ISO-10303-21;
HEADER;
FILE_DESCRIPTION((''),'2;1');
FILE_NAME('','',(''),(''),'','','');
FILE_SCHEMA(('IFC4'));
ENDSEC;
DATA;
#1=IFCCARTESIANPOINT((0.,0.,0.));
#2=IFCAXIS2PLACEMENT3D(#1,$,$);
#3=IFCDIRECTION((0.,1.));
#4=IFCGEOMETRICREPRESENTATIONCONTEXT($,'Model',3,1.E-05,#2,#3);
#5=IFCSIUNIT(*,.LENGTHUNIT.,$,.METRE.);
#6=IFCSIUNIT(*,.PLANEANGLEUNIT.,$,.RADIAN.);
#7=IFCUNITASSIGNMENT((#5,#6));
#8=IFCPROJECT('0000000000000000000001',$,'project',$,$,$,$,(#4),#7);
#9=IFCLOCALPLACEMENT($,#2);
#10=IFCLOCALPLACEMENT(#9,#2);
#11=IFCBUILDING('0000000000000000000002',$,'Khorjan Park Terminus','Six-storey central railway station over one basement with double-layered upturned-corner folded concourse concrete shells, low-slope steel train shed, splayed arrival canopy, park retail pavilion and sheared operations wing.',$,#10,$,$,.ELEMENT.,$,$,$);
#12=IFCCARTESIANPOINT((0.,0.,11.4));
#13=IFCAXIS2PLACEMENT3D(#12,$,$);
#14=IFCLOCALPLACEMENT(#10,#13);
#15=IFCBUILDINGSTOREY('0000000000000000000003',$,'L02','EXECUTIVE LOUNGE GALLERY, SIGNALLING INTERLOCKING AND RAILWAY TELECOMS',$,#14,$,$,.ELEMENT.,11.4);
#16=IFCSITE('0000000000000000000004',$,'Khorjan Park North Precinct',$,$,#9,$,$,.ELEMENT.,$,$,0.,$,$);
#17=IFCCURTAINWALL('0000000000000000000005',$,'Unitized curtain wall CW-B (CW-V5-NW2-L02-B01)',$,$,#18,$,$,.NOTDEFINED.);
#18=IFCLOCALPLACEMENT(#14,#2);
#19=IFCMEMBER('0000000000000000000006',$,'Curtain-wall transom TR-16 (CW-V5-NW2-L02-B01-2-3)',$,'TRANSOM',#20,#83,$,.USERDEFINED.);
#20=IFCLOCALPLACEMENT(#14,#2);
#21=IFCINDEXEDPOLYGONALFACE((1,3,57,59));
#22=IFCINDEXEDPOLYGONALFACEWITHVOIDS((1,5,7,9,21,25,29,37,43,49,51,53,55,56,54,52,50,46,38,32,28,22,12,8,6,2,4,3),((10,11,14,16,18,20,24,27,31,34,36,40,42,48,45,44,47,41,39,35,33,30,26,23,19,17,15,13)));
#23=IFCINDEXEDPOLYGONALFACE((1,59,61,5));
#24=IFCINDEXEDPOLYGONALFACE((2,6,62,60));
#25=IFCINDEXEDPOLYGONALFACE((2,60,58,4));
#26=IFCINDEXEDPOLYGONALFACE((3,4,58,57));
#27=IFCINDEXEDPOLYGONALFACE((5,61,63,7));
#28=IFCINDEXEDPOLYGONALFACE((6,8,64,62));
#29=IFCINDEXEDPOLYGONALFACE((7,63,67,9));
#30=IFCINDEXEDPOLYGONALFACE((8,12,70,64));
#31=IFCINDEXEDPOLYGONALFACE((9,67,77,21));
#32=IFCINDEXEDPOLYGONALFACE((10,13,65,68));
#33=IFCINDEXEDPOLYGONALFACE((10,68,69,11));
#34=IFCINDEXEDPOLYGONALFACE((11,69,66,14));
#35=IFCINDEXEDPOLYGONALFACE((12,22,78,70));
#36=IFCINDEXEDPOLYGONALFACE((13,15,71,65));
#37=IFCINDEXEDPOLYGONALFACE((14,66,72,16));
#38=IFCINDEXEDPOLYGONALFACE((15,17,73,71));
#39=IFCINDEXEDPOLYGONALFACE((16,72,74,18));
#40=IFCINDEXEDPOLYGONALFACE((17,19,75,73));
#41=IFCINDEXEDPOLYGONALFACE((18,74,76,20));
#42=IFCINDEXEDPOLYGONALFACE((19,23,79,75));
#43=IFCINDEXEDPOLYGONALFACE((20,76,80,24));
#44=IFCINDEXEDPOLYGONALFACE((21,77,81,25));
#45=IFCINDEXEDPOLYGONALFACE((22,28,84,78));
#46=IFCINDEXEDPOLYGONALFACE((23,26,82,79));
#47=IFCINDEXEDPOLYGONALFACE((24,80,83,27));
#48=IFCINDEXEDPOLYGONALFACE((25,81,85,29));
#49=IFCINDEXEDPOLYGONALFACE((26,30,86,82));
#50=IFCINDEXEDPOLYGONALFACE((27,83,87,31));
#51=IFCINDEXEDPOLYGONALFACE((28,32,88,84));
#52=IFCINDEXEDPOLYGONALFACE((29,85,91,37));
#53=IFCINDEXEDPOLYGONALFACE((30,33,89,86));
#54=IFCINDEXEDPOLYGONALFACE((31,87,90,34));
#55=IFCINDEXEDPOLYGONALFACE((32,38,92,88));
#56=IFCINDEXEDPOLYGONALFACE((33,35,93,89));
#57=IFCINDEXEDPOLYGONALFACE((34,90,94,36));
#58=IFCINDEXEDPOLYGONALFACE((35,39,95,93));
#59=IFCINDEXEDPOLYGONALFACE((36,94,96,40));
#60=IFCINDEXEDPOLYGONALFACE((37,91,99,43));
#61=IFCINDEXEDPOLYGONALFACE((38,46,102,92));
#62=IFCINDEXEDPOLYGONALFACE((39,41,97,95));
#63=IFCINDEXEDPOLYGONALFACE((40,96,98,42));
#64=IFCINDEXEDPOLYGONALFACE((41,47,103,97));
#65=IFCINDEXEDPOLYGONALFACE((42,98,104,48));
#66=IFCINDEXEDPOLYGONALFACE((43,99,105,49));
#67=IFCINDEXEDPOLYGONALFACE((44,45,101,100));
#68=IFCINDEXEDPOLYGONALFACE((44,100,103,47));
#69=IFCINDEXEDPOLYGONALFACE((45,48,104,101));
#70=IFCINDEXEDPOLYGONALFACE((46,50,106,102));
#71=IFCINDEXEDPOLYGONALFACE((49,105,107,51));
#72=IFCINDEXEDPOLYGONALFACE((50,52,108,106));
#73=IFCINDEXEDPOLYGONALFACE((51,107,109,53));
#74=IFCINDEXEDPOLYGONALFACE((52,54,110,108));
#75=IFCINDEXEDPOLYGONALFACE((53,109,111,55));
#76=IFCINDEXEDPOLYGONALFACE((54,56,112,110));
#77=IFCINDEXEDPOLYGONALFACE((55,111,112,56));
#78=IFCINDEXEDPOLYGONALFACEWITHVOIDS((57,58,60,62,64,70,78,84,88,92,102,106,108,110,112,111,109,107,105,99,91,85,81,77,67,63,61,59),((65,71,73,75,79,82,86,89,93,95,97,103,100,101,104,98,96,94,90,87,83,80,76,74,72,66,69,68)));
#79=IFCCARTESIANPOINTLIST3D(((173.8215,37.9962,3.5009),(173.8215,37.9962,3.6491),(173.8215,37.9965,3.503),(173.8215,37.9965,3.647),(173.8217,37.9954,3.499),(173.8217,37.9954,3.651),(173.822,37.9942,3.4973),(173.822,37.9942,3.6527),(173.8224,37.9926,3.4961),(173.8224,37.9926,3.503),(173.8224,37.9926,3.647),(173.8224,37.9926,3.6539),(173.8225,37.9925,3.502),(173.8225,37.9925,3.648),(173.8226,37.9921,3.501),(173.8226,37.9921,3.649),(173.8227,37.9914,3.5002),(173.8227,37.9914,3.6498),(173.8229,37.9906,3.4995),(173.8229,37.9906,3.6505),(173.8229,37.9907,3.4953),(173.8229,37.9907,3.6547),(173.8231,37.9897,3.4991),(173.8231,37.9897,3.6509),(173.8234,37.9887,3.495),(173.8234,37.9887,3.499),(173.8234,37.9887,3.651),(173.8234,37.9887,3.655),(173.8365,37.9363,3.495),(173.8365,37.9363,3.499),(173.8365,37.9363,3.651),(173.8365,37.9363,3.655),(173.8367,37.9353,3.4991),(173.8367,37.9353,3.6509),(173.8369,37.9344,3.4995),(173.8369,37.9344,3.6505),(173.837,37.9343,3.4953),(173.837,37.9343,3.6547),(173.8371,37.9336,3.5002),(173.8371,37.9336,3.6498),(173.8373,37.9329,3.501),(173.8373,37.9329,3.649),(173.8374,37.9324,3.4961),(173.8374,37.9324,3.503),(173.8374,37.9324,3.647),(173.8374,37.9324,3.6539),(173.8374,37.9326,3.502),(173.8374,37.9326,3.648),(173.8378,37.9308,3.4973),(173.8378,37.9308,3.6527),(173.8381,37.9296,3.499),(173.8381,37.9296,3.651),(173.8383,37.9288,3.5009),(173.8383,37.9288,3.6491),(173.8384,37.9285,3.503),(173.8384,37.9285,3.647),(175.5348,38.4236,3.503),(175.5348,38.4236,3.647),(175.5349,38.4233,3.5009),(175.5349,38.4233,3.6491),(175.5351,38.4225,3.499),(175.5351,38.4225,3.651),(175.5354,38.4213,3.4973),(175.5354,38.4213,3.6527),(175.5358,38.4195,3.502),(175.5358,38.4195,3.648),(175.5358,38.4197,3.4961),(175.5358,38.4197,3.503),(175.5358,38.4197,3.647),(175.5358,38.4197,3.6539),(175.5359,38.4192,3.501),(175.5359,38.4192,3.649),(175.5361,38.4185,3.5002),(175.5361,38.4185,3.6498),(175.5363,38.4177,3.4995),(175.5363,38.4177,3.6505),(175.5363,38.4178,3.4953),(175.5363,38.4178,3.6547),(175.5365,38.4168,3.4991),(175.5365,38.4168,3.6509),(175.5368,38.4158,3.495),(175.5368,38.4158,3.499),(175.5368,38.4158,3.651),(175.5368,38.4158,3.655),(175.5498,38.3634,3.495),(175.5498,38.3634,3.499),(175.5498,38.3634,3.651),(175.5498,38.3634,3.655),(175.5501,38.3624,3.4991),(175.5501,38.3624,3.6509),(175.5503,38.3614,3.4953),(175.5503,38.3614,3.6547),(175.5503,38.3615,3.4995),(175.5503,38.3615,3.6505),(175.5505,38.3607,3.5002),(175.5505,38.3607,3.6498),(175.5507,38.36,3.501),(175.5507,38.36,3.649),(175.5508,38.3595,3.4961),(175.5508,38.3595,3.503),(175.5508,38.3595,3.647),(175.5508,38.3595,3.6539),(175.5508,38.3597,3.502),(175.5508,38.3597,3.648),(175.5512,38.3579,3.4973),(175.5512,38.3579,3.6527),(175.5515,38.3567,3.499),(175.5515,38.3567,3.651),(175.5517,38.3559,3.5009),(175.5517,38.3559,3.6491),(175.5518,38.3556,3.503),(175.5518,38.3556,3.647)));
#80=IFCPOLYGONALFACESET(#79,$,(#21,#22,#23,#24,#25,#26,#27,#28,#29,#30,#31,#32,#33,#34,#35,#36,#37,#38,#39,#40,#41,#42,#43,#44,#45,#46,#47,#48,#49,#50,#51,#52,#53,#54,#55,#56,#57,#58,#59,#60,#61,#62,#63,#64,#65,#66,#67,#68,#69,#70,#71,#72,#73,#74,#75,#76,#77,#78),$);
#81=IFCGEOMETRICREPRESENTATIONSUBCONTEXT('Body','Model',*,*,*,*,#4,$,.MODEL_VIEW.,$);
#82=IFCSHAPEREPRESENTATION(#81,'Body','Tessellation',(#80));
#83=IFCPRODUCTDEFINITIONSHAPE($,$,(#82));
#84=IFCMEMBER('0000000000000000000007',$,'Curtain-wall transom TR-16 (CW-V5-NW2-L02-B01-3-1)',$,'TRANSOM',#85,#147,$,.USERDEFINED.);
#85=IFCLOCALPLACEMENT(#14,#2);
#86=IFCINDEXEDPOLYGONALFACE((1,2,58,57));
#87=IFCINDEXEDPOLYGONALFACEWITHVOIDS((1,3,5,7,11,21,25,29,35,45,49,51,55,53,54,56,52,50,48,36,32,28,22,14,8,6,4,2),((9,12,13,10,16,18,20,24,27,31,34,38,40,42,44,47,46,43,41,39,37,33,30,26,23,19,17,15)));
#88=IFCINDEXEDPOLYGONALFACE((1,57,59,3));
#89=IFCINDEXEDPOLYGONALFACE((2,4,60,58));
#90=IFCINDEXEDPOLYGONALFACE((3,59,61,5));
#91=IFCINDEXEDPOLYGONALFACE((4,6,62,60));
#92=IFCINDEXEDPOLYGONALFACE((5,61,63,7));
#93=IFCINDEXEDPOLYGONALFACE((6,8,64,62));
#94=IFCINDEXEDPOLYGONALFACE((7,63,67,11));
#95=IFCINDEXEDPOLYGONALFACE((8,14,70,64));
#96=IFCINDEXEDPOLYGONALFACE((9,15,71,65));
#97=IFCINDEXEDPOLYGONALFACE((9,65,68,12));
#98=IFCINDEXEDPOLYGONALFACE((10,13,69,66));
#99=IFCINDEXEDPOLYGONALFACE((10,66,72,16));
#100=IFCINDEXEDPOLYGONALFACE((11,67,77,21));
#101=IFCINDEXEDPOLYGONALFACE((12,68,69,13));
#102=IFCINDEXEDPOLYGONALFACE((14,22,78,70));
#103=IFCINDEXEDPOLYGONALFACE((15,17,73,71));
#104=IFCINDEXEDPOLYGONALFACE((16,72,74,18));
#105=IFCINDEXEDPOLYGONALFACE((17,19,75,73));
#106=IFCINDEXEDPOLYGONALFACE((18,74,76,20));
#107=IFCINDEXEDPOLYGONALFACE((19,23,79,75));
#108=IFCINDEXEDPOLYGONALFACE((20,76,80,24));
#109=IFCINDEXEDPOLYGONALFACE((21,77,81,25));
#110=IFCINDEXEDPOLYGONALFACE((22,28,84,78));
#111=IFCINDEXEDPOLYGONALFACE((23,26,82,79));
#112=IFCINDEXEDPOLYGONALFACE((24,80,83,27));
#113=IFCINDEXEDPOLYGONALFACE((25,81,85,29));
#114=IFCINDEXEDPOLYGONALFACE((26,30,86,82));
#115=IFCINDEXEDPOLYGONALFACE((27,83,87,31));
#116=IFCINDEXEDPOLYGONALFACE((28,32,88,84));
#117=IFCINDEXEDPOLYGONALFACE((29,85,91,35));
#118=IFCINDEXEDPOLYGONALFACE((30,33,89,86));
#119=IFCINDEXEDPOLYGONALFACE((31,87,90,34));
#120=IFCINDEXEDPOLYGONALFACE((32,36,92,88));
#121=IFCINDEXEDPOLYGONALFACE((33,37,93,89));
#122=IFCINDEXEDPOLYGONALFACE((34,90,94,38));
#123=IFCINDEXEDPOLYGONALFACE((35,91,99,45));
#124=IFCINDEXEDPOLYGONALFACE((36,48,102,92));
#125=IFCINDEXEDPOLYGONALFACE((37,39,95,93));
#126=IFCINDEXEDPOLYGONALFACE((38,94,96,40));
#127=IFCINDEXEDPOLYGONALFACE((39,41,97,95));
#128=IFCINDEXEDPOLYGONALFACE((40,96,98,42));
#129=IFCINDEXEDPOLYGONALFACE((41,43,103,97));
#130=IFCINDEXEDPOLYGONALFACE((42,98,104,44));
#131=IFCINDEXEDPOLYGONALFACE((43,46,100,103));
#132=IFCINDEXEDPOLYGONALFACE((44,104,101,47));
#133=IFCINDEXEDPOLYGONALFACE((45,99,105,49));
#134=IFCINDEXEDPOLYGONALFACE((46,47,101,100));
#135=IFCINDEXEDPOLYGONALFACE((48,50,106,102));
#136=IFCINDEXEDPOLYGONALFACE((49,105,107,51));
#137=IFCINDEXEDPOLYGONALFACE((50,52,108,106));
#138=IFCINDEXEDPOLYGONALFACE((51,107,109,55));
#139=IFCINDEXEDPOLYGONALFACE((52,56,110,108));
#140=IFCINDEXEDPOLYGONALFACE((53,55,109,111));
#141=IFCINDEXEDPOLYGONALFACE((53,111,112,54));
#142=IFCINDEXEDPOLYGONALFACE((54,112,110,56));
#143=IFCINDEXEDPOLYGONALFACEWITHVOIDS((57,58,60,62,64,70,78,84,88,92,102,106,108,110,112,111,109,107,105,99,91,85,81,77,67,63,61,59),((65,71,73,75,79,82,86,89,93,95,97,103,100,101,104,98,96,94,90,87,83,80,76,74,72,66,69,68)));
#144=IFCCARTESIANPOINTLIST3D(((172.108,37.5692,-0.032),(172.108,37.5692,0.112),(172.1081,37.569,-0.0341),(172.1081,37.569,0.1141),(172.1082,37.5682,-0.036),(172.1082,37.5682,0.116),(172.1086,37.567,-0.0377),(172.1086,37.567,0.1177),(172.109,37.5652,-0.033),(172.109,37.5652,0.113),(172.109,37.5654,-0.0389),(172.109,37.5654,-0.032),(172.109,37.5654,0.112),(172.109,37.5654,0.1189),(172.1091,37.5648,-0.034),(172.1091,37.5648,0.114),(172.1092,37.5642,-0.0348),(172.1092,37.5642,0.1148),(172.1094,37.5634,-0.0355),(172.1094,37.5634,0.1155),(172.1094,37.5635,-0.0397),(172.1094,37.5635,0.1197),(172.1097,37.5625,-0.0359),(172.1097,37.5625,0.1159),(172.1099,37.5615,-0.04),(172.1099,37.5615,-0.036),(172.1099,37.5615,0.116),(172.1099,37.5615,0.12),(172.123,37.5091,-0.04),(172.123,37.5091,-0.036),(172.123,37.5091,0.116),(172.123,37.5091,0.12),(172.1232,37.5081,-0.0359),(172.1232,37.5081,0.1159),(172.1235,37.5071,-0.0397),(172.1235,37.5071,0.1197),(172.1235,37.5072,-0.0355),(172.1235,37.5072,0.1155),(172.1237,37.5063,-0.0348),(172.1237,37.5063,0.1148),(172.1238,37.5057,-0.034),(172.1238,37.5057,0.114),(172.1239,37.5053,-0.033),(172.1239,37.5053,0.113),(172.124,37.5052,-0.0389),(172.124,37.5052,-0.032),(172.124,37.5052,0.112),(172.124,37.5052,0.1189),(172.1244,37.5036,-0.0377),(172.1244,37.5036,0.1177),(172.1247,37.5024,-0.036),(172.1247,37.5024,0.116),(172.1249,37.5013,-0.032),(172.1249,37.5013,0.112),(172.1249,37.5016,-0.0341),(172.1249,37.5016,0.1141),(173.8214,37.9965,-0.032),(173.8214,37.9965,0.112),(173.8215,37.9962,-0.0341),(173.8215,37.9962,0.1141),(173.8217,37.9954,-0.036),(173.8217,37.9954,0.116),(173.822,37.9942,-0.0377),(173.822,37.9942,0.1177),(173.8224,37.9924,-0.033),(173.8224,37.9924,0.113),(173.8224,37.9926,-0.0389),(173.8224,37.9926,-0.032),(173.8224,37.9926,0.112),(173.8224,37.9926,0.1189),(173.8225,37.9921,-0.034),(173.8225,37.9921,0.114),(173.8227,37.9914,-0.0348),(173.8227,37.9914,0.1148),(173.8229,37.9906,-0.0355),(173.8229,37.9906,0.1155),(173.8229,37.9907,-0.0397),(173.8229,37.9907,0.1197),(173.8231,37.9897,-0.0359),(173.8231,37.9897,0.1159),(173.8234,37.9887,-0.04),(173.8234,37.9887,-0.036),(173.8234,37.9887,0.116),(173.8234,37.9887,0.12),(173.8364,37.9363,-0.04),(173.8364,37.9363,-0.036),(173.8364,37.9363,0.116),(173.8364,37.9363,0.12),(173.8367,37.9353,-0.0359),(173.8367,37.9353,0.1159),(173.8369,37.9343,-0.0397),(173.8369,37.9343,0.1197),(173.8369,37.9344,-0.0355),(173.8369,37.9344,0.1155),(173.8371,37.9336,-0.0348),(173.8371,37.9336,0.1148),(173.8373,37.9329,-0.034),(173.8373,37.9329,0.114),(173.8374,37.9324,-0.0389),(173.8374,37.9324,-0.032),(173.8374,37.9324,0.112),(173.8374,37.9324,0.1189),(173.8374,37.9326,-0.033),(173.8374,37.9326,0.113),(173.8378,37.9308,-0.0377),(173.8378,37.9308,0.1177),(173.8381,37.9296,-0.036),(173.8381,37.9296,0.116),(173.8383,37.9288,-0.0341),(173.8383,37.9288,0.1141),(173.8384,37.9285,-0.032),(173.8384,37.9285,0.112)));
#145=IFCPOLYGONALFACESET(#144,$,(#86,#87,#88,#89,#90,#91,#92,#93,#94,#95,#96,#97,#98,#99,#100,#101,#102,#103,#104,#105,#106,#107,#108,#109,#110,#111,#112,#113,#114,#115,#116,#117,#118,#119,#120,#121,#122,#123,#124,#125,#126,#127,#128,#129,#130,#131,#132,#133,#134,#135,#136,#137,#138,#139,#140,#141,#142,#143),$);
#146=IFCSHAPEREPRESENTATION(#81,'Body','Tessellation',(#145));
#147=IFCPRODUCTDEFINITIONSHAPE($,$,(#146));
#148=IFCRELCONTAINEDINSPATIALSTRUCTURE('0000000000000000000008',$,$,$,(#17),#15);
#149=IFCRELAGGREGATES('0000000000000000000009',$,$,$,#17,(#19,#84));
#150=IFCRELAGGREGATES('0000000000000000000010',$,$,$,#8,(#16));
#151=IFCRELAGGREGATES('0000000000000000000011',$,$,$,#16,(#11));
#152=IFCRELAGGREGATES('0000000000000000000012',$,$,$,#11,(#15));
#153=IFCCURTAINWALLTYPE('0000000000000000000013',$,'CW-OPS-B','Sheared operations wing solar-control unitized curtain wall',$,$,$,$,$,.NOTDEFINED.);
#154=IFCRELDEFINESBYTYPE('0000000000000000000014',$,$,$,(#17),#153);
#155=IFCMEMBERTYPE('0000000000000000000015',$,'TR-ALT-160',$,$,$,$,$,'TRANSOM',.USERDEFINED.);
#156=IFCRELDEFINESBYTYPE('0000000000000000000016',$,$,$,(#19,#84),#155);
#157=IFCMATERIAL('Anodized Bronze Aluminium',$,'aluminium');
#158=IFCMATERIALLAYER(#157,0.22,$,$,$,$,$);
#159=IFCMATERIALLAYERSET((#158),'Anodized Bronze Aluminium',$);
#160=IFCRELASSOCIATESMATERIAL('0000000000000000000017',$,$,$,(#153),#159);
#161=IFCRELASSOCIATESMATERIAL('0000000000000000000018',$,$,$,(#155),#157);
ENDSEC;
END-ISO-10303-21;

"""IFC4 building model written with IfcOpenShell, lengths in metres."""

from ifc_helpers import new_model, si_unit, direction, frame, origin, origin_2d, place, context, subcontext, project, spatial, hollow_rectangle, extrude, material, layer, layer_set, material_profile, profile_set, type_object, element, aggregate, save


model = new_model("IFC4")

# Units and contexts
model_context = context("Model", 3, precision=1e-05, world=origin(), true_north=direction((0.0, 1.0)))
body_context = subcontext(model_context, "Body", "Model", "MODEL_VIEW")
ifc_project = project(units=[si_unit("LENGTHUNIT", "METRE"), si_unit("PLANEANGLEUNIT", "RADIAN")], contexts=[model_context])

# Site, building, storey
site_placement = place(None, origin())
site = spatial("IfcSite", under=ifc_project, at=site_placement, Name="Khorjan Park North Precinct", CompositionType="ELEMENT", RefElevation=0.0)
building_placement = place(site_placement, origin())
building = spatial("IfcBuilding", under=site, at=building_placement, Name="Khorjan Park Terminus", Description="Six-storey central railway station over one basement with double-layered upturned-corner folded concourse concrete shells, low-slope steel train shed, splayed arrival canopy, park retail pavilion and sheared operations wing.", CompositionType="ELEMENT")
storey_placement = place(building_placement, frame((0.0, 0.0, 11.4)))
storey = spatial("IfcBuildingStorey", under=building, at=storey_placement, Name="L02", Description="EXECUTIVE LOUNGE GALLERY, SIGNALLING INTERLOCKING AND RAILWAY TELECOMS", CompositionType="ELEMENT", Elevation=11.4)

# Shared definitions
ifc_material_1 = material(Name="Anodized Bronze Aluminium", Category="aluminium")
ifc_layer_1 = layer(ifc_material_1, 0.22)
ifc_layer_set_1 = layer_set([ifc_layer_1], Name="Anodized Bronze Aluminium")
curtain_wall_type = type_object("IfcCurtainWallType", Name="CW-OPS-B", Description="Sheared operations wing solar-control unitized curtain wall", PredefinedType="NOTDEFINED", material=ifc_layer_set_1)

# Curtain wall
curtain_wall_1_placement = place(storey_placement, origin())
curtain_wall_1 = element("IfcCurtainWall", 1, at=curtain_wall_1_placement, inside=storey, type_object=curtain_wall_type, Name="Unitized curtain wall CW-B (CW-V5-NW2-L02-B01)", PredefinedType="NOTDEFINED")

# Members
ifc_material_profile_1 = material_profile(ifc_material_1, hollow_rectangle(XDim=0.07, YDim=0.16, WallThickness=0.004, InnerFilletRadius=0.004, OuterFilletRadius=0.008, at=origin_2d()), Name="ALT 70x160x4")
ifc_profile_set_1 = profile_set([ifc_material_profile_1], Name="Anodized Bronze Aluminium")
member_type_1 = type_object("IfcMemberType", Name="TR-ALT-160", ElementType="TRANSOM", PredefinedType="USERDEFINED", material=ifc_profile_set_1)
member_1_placement = place(storey_placement, frame((175.5433, 38.3896, 3.575), z_axis=(-0.970309, -0.241869, 0.0), x_axis=(0.241869, -0.970309, 0.0)))
member_1 = element("IfcMember", 2, at=member_1_placement, type_object=member_type_1, Name="Curtain-wall transom TR-16 (CW-V5-NW2-L02-B01-2-3)", ObjectType="TRANSOM", PredefinedType="USERDEFINED", context=body_context, shape_type="SweptSolid", body=[
    extrude(hollow_rectangle(XDim=0.07, YDim=0.16, WallThickness=0.004, InnerFilletRadius=0.004, OuterFilletRadius=0.008, at=origin_2d()), origin(), (0.0, 0.0, 1.0), 1.7658),
])
member_2_placement = place(storey_placement, frame((173.8299, 37.9625, 0.04), z_axis=(-0.970296, -0.241923, 0.0), x_axis=(0.241923, -0.970296, 0.0)))
member_2 = element("IfcMember", 3, at=member_2_placement, type_object=member_type_1, Name="Curtain-wall transom TR-16 (CW-V5-NW2-L02-B01-3-1)", ObjectType="TRANSOM", PredefinedType="USERDEFINED", context=body_context, shape_type="SweptSolid", body=[
    extrude(hollow_rectangle(XDim=0.07, YDim=0.16, WallThickness=0.004, InnerFilletRadius=0.004, OuterFilletRadius=0.008, at=origin_2d()), origin(), (0.0, 0.0, 1.0), 1.7659),
])

aggregate(curtain_wall_1, [member_1, member_2])

save(model, "model.ifc")
